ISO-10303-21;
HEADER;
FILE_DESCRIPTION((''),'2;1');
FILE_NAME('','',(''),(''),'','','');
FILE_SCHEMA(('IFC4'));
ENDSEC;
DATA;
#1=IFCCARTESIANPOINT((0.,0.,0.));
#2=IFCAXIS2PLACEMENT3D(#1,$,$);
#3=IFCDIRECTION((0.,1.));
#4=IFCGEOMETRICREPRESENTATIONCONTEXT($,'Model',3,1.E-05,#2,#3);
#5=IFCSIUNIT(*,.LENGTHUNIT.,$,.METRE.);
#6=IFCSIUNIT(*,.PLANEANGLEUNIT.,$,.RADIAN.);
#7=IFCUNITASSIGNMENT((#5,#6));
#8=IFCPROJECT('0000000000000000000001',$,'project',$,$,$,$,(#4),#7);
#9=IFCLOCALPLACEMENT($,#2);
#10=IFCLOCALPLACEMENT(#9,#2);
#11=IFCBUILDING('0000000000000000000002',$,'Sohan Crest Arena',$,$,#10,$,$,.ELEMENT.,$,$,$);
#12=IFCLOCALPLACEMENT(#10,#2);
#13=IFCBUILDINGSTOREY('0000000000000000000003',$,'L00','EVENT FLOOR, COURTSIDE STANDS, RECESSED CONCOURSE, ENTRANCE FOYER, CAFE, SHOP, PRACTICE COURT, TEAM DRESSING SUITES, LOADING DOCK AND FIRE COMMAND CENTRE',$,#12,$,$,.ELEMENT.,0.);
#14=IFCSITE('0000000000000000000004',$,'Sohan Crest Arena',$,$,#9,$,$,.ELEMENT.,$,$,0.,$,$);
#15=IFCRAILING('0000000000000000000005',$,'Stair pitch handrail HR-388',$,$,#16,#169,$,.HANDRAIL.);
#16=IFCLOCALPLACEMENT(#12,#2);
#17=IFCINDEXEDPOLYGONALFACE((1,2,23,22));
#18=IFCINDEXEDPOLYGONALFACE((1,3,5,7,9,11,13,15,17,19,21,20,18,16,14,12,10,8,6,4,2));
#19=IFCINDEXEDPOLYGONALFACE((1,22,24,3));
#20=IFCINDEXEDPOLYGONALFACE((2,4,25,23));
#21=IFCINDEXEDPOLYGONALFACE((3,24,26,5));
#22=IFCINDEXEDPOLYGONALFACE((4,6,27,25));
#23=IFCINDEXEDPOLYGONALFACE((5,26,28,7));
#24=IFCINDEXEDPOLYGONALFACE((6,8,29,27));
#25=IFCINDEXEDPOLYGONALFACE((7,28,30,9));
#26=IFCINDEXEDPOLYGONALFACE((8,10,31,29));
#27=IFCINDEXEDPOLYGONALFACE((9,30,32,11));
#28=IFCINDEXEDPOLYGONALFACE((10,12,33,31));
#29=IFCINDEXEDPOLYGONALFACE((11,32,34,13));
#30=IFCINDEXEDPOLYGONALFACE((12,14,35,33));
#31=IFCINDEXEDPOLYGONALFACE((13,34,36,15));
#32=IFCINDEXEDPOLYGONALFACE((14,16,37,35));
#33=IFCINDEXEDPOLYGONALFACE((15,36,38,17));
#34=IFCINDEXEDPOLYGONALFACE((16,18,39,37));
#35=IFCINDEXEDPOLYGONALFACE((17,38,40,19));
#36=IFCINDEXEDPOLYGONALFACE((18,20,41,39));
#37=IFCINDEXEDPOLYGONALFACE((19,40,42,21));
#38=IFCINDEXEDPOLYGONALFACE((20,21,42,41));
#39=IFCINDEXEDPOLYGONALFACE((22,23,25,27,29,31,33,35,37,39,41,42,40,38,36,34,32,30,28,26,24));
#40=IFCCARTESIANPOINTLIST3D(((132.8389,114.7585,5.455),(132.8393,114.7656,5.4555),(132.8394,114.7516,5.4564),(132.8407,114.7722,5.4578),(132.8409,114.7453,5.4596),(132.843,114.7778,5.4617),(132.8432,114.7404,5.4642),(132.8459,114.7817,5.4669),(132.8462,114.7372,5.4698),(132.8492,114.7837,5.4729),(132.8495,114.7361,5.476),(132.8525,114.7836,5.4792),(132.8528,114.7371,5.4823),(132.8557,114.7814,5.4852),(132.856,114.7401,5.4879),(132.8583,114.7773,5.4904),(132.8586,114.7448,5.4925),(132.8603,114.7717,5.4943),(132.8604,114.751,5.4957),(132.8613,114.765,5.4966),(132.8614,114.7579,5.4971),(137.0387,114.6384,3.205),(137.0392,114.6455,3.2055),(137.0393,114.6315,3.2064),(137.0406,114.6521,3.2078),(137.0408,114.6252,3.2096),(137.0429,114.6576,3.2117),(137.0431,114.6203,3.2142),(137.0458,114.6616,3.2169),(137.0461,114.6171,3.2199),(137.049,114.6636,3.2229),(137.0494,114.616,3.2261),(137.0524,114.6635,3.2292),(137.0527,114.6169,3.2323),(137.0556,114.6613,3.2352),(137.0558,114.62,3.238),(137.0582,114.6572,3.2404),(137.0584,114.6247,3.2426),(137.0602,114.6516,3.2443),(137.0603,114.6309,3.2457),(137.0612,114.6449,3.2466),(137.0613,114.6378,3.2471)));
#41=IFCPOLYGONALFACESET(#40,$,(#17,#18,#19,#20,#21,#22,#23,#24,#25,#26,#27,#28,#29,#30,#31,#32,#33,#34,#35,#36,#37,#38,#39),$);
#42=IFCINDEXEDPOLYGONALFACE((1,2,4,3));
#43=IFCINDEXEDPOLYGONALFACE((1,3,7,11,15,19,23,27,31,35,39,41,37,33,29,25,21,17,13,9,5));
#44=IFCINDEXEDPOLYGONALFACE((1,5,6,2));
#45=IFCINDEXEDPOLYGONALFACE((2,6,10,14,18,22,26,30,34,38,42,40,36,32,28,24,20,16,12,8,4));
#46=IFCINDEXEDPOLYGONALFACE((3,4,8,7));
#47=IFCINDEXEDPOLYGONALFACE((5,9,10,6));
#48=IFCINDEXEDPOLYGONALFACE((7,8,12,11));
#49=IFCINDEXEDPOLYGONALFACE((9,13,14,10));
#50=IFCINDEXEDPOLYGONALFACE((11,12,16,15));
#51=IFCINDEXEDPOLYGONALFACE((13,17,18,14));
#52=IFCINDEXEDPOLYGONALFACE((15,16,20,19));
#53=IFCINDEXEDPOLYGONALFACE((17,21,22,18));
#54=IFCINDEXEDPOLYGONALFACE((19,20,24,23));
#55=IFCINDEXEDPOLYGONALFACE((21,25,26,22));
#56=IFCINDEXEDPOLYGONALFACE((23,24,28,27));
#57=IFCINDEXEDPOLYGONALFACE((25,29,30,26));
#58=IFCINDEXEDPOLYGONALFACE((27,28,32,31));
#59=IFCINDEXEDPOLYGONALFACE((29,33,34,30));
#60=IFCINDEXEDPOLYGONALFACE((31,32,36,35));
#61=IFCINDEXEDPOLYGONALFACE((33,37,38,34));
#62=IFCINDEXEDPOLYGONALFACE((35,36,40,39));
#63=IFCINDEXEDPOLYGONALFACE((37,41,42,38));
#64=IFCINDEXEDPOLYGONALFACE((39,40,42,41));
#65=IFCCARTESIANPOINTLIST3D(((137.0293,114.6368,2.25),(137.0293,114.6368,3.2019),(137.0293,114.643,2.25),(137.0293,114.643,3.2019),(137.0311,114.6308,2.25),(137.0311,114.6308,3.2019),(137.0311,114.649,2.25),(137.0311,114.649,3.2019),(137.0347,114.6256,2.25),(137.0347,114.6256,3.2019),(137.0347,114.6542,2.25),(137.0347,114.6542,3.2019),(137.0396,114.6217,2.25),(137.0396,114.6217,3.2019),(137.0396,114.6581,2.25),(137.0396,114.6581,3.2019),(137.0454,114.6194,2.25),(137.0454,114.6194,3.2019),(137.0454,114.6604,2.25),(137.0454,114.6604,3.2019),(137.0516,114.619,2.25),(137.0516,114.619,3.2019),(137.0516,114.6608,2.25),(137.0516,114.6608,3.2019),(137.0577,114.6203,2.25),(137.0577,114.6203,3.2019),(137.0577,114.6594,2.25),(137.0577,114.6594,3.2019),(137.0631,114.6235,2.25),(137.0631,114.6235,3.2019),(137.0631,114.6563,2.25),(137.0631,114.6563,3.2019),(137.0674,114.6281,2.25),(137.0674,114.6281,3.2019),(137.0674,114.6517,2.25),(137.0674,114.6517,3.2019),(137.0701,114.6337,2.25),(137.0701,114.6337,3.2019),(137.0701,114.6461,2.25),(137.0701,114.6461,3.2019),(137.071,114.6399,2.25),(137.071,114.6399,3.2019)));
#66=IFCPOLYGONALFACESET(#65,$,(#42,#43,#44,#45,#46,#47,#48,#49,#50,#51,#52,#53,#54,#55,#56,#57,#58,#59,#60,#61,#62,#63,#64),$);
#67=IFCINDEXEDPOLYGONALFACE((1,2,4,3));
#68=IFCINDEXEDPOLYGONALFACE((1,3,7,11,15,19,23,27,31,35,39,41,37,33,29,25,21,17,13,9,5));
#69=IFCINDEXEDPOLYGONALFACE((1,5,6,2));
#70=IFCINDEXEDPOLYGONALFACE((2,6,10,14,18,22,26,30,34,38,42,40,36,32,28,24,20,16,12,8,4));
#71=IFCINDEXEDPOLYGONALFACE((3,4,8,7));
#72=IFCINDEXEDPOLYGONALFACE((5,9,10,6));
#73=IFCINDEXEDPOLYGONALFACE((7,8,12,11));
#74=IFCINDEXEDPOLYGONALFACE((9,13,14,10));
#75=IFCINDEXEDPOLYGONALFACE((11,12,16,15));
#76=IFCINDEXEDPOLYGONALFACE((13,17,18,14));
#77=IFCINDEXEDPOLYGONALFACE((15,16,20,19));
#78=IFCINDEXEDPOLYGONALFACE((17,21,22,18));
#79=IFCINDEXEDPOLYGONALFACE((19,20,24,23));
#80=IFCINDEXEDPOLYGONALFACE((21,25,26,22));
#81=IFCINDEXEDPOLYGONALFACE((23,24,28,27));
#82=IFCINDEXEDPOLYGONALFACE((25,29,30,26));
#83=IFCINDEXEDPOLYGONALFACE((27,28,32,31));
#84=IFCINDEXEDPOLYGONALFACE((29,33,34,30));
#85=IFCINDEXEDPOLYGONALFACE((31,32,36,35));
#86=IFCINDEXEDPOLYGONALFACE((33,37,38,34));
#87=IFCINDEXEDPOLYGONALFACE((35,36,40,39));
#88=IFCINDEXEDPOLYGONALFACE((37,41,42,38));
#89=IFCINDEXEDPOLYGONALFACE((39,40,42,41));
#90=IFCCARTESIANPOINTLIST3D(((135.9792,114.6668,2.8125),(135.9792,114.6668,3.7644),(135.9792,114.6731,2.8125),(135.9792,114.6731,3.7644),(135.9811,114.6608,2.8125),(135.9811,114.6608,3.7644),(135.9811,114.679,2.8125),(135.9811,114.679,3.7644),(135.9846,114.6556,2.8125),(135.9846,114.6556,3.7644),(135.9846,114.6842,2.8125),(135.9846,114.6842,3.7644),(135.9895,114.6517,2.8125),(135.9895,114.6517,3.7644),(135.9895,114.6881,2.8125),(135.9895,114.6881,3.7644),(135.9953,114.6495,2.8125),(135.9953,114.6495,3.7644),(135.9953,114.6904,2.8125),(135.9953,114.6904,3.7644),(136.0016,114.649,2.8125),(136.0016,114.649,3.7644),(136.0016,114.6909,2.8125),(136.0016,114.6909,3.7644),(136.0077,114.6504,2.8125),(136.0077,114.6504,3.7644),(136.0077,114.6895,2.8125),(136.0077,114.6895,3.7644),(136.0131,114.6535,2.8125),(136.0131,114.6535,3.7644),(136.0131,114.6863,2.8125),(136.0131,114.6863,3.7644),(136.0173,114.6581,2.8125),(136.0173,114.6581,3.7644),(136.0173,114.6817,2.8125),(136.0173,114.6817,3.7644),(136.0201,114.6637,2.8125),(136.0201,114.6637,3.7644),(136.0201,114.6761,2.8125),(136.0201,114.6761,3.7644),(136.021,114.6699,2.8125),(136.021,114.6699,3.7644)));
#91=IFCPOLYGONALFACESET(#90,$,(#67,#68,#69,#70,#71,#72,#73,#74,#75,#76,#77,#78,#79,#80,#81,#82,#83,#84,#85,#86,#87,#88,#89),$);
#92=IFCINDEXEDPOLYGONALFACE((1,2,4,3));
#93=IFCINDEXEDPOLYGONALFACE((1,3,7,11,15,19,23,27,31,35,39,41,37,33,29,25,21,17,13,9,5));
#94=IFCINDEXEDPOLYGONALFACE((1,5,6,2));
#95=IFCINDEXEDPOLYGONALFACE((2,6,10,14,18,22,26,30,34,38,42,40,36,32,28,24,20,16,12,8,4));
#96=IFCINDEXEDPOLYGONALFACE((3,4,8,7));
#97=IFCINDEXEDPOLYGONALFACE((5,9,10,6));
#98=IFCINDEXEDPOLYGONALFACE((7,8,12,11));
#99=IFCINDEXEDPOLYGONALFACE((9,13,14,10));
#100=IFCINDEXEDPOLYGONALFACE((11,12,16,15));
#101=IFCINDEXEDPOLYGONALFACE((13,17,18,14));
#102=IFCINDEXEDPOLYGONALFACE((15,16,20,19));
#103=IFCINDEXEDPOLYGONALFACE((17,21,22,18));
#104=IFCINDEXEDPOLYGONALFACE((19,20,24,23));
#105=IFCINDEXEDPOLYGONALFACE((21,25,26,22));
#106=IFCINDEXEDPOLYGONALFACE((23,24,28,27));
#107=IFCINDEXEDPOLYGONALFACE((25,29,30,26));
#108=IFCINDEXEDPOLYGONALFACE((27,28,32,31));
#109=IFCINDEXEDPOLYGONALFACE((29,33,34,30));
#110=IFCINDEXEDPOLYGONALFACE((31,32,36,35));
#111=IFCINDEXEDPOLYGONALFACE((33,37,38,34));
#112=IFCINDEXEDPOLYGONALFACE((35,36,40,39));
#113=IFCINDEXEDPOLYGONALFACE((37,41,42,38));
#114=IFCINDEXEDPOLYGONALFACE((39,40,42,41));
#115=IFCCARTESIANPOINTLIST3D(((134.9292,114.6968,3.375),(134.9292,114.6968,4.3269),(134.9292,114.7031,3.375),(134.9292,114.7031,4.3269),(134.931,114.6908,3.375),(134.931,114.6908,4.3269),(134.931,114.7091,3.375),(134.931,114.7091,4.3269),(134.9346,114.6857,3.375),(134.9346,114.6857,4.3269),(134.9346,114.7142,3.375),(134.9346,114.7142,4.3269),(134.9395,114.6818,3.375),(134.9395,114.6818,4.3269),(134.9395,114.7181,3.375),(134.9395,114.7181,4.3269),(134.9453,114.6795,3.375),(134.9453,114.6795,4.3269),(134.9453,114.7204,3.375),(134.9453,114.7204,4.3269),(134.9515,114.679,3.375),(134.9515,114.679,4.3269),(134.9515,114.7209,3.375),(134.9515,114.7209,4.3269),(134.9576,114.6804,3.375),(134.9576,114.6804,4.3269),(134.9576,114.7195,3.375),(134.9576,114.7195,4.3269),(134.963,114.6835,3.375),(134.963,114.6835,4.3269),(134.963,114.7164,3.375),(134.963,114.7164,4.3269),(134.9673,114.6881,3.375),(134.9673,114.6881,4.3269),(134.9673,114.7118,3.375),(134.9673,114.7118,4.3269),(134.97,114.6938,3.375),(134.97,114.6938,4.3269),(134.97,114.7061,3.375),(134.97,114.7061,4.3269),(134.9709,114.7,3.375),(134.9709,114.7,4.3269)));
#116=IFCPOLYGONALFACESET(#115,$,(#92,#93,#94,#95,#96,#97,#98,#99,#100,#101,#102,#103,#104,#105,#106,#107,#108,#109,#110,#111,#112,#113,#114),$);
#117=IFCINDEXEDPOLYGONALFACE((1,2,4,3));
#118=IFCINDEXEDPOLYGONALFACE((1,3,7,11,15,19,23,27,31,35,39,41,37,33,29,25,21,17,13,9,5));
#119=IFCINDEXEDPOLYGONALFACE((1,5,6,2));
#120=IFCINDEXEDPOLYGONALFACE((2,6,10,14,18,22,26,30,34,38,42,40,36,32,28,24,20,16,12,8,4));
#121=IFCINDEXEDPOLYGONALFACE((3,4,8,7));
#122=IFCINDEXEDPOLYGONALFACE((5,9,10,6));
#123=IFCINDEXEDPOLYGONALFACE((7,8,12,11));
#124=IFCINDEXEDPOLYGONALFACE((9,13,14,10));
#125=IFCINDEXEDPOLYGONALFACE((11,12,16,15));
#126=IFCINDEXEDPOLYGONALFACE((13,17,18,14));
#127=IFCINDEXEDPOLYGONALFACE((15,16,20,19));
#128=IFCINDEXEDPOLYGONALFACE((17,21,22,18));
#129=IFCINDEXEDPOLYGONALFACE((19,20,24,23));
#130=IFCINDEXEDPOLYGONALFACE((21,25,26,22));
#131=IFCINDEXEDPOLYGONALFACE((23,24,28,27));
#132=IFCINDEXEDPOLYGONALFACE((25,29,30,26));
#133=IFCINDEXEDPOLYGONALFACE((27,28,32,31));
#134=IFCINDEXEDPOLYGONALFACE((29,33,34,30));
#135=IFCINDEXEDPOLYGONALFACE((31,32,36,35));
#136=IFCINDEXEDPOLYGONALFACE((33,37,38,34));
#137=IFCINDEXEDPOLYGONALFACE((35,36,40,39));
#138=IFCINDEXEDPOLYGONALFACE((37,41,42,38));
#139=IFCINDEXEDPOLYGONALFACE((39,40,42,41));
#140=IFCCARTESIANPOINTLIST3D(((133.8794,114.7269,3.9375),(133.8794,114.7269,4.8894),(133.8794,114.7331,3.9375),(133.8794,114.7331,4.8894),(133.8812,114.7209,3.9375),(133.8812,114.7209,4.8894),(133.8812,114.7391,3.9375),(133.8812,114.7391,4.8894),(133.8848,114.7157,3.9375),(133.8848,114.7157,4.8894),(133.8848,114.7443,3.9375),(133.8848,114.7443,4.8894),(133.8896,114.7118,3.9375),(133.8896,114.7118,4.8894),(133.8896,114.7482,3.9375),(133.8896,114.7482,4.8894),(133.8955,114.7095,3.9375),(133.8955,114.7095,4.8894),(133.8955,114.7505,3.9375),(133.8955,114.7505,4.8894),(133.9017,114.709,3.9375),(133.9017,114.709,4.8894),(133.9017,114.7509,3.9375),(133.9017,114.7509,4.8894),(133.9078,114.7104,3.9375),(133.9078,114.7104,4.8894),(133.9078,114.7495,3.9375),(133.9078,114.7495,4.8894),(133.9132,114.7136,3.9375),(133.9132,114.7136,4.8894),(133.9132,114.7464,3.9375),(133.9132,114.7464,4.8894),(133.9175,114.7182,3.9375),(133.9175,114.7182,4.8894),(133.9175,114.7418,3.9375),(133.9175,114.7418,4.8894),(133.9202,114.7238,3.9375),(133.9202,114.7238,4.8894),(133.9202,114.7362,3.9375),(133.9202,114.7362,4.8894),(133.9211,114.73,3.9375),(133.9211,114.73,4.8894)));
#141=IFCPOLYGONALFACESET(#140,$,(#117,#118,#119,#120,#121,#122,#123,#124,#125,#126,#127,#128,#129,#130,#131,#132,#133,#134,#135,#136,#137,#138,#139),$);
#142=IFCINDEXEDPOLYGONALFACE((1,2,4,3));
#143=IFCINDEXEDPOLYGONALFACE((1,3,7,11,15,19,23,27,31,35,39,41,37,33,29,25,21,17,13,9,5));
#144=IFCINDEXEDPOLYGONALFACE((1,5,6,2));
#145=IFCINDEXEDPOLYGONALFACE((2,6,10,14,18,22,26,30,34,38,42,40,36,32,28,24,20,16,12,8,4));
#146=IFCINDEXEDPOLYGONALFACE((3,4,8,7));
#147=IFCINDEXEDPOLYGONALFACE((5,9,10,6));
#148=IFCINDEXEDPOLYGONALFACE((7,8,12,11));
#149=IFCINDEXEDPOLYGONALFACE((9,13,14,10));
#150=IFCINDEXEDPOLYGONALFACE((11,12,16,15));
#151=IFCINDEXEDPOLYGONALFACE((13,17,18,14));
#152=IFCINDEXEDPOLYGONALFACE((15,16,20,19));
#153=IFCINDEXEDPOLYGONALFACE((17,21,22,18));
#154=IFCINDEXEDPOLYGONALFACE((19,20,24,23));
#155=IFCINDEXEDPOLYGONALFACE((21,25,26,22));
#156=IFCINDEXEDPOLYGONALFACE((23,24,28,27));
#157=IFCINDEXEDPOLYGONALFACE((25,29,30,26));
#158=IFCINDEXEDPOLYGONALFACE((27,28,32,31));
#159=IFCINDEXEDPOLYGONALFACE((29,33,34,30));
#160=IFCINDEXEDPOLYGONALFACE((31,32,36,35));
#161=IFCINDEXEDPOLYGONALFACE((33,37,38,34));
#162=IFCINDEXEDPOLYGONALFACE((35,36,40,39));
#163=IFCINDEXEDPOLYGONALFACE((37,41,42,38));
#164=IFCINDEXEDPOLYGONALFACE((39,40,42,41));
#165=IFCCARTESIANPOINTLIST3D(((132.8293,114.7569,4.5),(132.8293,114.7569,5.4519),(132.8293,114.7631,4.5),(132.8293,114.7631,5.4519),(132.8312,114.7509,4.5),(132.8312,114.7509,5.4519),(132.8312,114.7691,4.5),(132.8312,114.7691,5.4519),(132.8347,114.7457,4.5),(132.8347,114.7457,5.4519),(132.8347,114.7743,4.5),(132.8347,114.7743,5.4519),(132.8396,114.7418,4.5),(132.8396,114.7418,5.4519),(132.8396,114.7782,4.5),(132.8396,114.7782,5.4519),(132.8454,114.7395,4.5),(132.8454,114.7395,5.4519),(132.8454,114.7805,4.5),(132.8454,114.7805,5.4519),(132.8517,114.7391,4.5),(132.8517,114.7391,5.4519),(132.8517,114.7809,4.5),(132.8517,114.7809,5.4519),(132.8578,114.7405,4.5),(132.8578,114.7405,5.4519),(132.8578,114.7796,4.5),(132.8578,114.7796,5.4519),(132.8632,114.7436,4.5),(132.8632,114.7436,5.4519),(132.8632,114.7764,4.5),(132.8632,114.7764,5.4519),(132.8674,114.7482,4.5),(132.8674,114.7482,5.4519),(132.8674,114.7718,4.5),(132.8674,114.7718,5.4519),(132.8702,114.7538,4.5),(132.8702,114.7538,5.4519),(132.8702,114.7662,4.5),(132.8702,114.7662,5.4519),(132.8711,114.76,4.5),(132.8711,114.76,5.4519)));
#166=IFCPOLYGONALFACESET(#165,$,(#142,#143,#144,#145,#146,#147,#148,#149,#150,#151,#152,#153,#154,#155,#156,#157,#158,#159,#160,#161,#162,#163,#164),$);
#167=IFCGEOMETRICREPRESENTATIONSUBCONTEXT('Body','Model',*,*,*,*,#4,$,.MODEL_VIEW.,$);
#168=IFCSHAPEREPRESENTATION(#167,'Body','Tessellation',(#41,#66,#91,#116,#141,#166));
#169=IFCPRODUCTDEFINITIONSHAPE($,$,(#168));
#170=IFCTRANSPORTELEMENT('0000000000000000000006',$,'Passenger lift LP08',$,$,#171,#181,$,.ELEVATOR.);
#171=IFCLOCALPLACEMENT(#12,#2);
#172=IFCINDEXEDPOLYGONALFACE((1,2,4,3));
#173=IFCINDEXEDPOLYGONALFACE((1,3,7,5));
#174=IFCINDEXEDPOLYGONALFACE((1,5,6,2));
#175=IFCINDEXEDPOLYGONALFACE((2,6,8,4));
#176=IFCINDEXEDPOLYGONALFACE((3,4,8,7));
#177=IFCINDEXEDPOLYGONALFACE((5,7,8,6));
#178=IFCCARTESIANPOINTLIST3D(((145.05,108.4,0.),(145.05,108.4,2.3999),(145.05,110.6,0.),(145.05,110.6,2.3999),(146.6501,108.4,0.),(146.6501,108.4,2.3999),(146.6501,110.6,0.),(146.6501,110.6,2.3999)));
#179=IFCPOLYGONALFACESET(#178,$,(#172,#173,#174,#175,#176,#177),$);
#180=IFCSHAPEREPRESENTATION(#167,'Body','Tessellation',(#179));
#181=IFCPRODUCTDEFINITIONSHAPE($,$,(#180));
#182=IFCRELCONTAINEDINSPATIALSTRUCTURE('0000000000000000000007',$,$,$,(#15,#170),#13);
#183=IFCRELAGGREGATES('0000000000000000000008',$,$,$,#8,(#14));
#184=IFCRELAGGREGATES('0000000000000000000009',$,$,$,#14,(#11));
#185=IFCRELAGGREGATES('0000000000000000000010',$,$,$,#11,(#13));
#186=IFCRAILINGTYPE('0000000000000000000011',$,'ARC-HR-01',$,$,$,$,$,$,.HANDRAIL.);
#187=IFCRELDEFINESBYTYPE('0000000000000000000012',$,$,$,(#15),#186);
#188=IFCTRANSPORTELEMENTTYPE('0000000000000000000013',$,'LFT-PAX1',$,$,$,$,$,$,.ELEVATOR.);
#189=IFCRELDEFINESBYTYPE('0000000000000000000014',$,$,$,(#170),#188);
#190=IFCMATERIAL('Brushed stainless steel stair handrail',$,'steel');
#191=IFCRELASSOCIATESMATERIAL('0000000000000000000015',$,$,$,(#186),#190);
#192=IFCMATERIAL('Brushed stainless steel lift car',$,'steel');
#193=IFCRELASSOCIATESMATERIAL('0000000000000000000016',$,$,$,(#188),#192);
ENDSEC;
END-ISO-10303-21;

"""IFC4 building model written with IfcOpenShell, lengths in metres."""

from ifc_helpers import new_model, si_unit, direction, frame, origin, origin_2d, place, context, subcontext, project, spatial, rectangle, circle, extrude, material, type_object, element, save


model = new_model("IFC4")

# Units and contexts
model_context = context("Model", 3, precision=1e-05, world=origin(), true_north=direction((0.0, 1.0)))
body_context = subcontext(model_context, "Body", "Model", "MODEL_VIEW")
ifc_project = project(units=[si_unit("LENGTHUNIT", "METRE"), si_unit("PLANEANGLEUNIT", "RADIAN")], contexts=[model_context])

# Site, building, storey
site_placement = place(None, origin())
site = spatial("IfcSite", under=ifc_project, at=site_placement, Name="Sohan Crest Arena", CompositionType="ELEMENT", RefElevation=0.0)
building_placement = place(site_placement, origin())
building = spatial("IfcBuilding", under=site, at=building_placement, Name="Sohan Crest Arena", CompositionType="ELEMENT")
storey_placement = place(building_placement, origin())
storey = spatial("IfcBuildingStorey", under=building, at=storey_placement, Name="L00", Description="EVENT FLOOR, COURTSIDE STANDS, RECESSED CONCOURSE, ENTRANCE FOYER, CAFE, SHOP, PRACTICE COURT, TEAM DRESSING SUITES, LOADING DOCK AND FIRE COMMAND CENTRE", CompositionType="ELEMENT", Elevation=0.0)

# Railing
ifc_material_1 = material(Name="Brushed stainless steel stair handrail", Category="steel")
railing_type_1 = type_object("IfcRailingType", Name="ARC-HR-01", PredefinedType="HANDRAIL", material=ifc_material_1)
railing_1_placement = place(storey_placement, frame((137.05, 114.6399, 2.25)))
element("IfcRailing", 1, at=railing_1_placement, inside=storey, type_object=railing_type_1, Name="Stair pitch handrail HR-388", PredefinedType="HANDRAIL", context=body_context, shape_type="SweptSolid", body=[
    extrude(circle(Radius=0.0239, at=origin_2d()), frame((0.0, 0.0, 0.9761), z_axis=(-0.881198, 0.025202, 0.472076), x_axis=(-0.028588, -0.999591, 0.0)), (0.0, 0.0, 1.0), 4.7661),
    extrude(circle(Radius=0.021, at=origin_2d()), origin(), (0.0, 0.0, 1.0), 0.9519),
    extrude(circle(Radius=0.021, at=origin_2d()), frame((-1.05, 0.03, 0.5625)), (0.0, 0.0, 1.0), 0.9519),
    extrude(circle(Radius=0.021, at=origin_2d()), frame((-2.1001, 0.0601, 1.125)), (0.0, 0.0, 1.0), 0.9519),
    extrude(circle(Radius=0.021, at=origin_2d()), frame((-3.1499, 0.0901, 1.6875)), (0.0, 0.0, 1.0), 0.9519),
    extrude(circle(Radius=0.021, at=origin_2d()), frame((-4.2, 0.1201, 2.25)), (0.0, 0.0, 1.0), 0.9519),
])

# Transport element
ifc_material_2 = material(Name="Brushed stainless steel lift car", Category="steel")
transport_element_type = type_object("IfcTransportElementType", Name="LFT-PAX1", PredefinedType="ELEVATOR", material=ifc_material_2)
transport_element_placement = place(storey_placement, frame((145.8501, 109.5, 0.0), z_axis=(0.0, 0.0, 1.0), x_axis=(1.0, 0.0, 0.0)))
element("IfcTransportElement", 2, at=transport_element_placement, inside=storey, type_object=transport_element_type, Name="Passenger lift LP08", PredefinedType="ELEVATOR", context=body_context, shape_type="SweptSolid", body=[
    extrude(rectangle(XDim=1.6001, YDim=2.2, at=origin_2d()), origin(), (0.0, 0.0, 1.0), 2.3999),
])

save(model, "model.ifc")
